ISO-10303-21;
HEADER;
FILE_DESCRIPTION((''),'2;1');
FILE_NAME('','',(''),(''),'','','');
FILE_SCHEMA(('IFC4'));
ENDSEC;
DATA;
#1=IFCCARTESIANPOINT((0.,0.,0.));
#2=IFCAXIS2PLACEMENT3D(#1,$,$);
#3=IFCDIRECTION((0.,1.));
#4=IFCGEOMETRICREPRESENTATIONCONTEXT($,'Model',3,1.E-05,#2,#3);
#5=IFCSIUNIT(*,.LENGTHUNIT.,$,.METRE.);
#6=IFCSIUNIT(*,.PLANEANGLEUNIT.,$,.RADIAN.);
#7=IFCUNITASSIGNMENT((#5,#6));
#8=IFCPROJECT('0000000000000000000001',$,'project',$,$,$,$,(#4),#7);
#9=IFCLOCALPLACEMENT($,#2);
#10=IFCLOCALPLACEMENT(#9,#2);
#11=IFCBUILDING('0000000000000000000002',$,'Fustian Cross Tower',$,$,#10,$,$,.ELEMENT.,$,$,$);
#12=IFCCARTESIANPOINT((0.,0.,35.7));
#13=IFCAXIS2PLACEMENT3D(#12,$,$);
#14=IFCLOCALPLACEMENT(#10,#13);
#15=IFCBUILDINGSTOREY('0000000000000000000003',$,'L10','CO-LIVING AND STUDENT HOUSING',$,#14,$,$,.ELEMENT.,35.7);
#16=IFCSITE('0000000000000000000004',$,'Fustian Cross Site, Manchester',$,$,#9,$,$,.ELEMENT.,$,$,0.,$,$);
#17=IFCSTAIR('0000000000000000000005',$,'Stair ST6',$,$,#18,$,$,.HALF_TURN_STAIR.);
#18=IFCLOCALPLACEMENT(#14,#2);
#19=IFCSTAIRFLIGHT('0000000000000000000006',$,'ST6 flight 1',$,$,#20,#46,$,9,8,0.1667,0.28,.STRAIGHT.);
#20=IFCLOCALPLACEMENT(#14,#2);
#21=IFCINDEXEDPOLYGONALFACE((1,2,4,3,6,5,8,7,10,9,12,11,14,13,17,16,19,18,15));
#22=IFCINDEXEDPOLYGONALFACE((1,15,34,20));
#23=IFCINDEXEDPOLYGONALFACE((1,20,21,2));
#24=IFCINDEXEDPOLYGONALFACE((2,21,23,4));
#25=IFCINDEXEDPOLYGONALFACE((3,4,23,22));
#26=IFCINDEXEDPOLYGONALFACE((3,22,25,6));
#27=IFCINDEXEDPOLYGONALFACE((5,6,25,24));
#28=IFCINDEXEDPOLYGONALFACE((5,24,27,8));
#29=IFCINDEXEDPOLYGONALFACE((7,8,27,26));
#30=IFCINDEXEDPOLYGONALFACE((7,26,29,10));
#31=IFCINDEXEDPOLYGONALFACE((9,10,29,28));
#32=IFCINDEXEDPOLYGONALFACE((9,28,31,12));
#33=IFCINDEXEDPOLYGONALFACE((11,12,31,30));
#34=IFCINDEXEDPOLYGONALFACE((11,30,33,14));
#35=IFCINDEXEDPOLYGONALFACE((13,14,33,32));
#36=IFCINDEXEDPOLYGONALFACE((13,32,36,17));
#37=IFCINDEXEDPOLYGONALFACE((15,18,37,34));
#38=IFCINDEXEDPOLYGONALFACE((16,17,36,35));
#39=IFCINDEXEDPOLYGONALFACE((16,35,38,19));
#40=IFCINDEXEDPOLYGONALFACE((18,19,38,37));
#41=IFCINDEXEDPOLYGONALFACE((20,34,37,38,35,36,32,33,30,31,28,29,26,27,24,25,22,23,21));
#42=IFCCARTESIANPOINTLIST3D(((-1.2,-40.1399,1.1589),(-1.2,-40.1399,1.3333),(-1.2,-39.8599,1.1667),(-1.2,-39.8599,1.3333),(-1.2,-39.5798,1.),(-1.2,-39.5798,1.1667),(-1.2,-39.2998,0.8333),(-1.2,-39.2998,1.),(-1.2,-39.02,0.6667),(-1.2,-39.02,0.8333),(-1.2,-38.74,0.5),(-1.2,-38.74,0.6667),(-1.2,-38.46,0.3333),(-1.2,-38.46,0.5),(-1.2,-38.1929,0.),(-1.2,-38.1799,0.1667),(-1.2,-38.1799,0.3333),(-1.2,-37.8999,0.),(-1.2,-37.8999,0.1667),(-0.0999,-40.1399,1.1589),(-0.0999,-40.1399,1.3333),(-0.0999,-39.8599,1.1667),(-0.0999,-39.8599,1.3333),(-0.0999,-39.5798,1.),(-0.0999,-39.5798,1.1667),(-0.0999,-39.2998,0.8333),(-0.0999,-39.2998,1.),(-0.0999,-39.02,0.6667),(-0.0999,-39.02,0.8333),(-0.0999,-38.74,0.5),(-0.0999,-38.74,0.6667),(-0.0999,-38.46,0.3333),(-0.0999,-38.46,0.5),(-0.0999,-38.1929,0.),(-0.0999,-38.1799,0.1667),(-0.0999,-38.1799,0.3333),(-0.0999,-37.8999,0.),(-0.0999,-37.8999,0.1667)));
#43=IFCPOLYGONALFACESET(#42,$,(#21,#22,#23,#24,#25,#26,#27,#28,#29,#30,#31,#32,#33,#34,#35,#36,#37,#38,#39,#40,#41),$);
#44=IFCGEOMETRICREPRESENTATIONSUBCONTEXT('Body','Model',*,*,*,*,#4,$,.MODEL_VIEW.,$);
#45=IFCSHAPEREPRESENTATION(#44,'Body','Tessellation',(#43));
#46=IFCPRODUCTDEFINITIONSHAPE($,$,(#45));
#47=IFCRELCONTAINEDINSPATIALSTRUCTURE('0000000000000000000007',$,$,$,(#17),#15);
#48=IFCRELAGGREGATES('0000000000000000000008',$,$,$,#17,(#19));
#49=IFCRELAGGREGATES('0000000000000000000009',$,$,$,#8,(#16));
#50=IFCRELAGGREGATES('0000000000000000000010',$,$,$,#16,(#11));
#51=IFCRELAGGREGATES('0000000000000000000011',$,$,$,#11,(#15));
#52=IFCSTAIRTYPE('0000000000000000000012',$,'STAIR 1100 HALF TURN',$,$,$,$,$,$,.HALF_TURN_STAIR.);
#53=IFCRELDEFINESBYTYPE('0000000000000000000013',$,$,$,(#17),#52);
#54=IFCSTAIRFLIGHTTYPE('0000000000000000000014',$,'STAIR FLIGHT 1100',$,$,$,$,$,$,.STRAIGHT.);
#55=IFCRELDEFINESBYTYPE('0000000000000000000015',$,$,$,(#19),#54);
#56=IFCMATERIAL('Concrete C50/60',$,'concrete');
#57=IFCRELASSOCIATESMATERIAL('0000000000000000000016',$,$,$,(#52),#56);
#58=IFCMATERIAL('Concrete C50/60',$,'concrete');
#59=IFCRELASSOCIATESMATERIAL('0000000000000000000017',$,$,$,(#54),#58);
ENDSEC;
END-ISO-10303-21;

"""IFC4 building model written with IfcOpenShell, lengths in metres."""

from ifc_helpers import new_model, si_unit, direction, frame, origin, place, context, subcontext, project, spatial, polyline, outline, extrude, material, type_object, element, aggregate, save


model = new_model("IFC4")

# Units and contexts
model_context = context("Model", 3, precision=1e-05, world=origin(), true_north=direction((0.0, 1.0)))
body_context = subcontext(model_context, "Body", "Model", "MODEL_VIEW")
ifc_project = project(units=[si_unit("LENGTHUNIT", "METRE"), si_unit("PLANEANGLEUNIT", "RADIAN")], contexts=[model_context])

# Site, building, storey
site_placement = place(None, origin())
site = spatial("IfcSite", under=ifc_project, at=site_placement, Name="Fustian Cross Site, Manchester", CompositionType="ELEMENT", RefElevation=0.0)
building_placement = place(site_placement, origin())
building = spatial("IfcBuilding", under=site, at=building_placement, Name="Fustian Cross Tower", CompositionType="ELEMENT")
storey_placement = place(building_placement, frame((0.0, 0.0, 35.7)))
storey = spatial("IfcBuildingStorey", under=building, at=storey_placement, Name="L10", Description="CO-LIVING AND STUDENT HOUSING", CompositionType="ELEMENT", Elevation=35.7)

# Stair, stair flight
ifc_material_1 = material(Name="Concrete C50/60", Category="concrete")
stair_type = type_object("IfcStairType", Name="STAIR 1100 HALF TURN", PredefinedType="HALF_TURN_STAIR", material=ifc_material_1)
stair_placement = place(storey_placement, origin())
stair = element("IfcStair", 1, at=stair_placement, inside=storey, type_object=stair_type, Name="Stair ST6", PredefinedType="HALF_TURN_STAIR")
ifc_material_2 = material(Name="Concrete C50/60", Category="concrete")
stair_flight_type = type_object("IfcStairFlightType", Name="STAIR FLIGHT 1100", PredefinedType="STRAIGHT", material=ifc_material_2)
stair_flight_placement = place(storey_placement, frame((-0.6499, -37.8999, 0.0), z_axis=(0.0, 0.0, 1.0), x_axis=(0.0, -1.0, 0.0)))
stair_flight = element("IfcStairFlight", 2, at=stair_flight_placement, type_object=stair_flight_type, Name="ST6 flight 1", NumberOfRisers=9, NumberOfTreads=8, PredefinedType="STRAIGHT", RiserHeight=0.1667, TreadLength=0.28, context=body_context, shape_type="SweptSolid", body=[
    extrude(outline(polyline([(0.0, 0.0), (0.0, 0.1667), (0.28, 0.1667), (0.28, 0.3333), (0.5601, 0.3333), (0.5601, 0.5), (0.8401, 0.5), (0.8401, 0.6667), (1.1201, 0.6667), (1.1201, 0.8333), (1.3999, 0.8333), (1.3999, 1.0), (1.6799, 1.0), (1.6799, 1.1667), (1.96, 1.1667), (1.96, 1.3333), (2.24, 1.3333), (2.24, 1.5), (2.24, 1.1589), (0.293, 0.0), (0.0, 0.0)])), frame((0.0, 0.55, 0.0), z_axis=(0.0, -1.0, 0.0), x_axis=(1.0, 0.0, 0.0)), (0.0, 0.0, 1.0), 1.1001),
])
aggregate(stair, [stair_flight])

save(model, "model.ifc")
